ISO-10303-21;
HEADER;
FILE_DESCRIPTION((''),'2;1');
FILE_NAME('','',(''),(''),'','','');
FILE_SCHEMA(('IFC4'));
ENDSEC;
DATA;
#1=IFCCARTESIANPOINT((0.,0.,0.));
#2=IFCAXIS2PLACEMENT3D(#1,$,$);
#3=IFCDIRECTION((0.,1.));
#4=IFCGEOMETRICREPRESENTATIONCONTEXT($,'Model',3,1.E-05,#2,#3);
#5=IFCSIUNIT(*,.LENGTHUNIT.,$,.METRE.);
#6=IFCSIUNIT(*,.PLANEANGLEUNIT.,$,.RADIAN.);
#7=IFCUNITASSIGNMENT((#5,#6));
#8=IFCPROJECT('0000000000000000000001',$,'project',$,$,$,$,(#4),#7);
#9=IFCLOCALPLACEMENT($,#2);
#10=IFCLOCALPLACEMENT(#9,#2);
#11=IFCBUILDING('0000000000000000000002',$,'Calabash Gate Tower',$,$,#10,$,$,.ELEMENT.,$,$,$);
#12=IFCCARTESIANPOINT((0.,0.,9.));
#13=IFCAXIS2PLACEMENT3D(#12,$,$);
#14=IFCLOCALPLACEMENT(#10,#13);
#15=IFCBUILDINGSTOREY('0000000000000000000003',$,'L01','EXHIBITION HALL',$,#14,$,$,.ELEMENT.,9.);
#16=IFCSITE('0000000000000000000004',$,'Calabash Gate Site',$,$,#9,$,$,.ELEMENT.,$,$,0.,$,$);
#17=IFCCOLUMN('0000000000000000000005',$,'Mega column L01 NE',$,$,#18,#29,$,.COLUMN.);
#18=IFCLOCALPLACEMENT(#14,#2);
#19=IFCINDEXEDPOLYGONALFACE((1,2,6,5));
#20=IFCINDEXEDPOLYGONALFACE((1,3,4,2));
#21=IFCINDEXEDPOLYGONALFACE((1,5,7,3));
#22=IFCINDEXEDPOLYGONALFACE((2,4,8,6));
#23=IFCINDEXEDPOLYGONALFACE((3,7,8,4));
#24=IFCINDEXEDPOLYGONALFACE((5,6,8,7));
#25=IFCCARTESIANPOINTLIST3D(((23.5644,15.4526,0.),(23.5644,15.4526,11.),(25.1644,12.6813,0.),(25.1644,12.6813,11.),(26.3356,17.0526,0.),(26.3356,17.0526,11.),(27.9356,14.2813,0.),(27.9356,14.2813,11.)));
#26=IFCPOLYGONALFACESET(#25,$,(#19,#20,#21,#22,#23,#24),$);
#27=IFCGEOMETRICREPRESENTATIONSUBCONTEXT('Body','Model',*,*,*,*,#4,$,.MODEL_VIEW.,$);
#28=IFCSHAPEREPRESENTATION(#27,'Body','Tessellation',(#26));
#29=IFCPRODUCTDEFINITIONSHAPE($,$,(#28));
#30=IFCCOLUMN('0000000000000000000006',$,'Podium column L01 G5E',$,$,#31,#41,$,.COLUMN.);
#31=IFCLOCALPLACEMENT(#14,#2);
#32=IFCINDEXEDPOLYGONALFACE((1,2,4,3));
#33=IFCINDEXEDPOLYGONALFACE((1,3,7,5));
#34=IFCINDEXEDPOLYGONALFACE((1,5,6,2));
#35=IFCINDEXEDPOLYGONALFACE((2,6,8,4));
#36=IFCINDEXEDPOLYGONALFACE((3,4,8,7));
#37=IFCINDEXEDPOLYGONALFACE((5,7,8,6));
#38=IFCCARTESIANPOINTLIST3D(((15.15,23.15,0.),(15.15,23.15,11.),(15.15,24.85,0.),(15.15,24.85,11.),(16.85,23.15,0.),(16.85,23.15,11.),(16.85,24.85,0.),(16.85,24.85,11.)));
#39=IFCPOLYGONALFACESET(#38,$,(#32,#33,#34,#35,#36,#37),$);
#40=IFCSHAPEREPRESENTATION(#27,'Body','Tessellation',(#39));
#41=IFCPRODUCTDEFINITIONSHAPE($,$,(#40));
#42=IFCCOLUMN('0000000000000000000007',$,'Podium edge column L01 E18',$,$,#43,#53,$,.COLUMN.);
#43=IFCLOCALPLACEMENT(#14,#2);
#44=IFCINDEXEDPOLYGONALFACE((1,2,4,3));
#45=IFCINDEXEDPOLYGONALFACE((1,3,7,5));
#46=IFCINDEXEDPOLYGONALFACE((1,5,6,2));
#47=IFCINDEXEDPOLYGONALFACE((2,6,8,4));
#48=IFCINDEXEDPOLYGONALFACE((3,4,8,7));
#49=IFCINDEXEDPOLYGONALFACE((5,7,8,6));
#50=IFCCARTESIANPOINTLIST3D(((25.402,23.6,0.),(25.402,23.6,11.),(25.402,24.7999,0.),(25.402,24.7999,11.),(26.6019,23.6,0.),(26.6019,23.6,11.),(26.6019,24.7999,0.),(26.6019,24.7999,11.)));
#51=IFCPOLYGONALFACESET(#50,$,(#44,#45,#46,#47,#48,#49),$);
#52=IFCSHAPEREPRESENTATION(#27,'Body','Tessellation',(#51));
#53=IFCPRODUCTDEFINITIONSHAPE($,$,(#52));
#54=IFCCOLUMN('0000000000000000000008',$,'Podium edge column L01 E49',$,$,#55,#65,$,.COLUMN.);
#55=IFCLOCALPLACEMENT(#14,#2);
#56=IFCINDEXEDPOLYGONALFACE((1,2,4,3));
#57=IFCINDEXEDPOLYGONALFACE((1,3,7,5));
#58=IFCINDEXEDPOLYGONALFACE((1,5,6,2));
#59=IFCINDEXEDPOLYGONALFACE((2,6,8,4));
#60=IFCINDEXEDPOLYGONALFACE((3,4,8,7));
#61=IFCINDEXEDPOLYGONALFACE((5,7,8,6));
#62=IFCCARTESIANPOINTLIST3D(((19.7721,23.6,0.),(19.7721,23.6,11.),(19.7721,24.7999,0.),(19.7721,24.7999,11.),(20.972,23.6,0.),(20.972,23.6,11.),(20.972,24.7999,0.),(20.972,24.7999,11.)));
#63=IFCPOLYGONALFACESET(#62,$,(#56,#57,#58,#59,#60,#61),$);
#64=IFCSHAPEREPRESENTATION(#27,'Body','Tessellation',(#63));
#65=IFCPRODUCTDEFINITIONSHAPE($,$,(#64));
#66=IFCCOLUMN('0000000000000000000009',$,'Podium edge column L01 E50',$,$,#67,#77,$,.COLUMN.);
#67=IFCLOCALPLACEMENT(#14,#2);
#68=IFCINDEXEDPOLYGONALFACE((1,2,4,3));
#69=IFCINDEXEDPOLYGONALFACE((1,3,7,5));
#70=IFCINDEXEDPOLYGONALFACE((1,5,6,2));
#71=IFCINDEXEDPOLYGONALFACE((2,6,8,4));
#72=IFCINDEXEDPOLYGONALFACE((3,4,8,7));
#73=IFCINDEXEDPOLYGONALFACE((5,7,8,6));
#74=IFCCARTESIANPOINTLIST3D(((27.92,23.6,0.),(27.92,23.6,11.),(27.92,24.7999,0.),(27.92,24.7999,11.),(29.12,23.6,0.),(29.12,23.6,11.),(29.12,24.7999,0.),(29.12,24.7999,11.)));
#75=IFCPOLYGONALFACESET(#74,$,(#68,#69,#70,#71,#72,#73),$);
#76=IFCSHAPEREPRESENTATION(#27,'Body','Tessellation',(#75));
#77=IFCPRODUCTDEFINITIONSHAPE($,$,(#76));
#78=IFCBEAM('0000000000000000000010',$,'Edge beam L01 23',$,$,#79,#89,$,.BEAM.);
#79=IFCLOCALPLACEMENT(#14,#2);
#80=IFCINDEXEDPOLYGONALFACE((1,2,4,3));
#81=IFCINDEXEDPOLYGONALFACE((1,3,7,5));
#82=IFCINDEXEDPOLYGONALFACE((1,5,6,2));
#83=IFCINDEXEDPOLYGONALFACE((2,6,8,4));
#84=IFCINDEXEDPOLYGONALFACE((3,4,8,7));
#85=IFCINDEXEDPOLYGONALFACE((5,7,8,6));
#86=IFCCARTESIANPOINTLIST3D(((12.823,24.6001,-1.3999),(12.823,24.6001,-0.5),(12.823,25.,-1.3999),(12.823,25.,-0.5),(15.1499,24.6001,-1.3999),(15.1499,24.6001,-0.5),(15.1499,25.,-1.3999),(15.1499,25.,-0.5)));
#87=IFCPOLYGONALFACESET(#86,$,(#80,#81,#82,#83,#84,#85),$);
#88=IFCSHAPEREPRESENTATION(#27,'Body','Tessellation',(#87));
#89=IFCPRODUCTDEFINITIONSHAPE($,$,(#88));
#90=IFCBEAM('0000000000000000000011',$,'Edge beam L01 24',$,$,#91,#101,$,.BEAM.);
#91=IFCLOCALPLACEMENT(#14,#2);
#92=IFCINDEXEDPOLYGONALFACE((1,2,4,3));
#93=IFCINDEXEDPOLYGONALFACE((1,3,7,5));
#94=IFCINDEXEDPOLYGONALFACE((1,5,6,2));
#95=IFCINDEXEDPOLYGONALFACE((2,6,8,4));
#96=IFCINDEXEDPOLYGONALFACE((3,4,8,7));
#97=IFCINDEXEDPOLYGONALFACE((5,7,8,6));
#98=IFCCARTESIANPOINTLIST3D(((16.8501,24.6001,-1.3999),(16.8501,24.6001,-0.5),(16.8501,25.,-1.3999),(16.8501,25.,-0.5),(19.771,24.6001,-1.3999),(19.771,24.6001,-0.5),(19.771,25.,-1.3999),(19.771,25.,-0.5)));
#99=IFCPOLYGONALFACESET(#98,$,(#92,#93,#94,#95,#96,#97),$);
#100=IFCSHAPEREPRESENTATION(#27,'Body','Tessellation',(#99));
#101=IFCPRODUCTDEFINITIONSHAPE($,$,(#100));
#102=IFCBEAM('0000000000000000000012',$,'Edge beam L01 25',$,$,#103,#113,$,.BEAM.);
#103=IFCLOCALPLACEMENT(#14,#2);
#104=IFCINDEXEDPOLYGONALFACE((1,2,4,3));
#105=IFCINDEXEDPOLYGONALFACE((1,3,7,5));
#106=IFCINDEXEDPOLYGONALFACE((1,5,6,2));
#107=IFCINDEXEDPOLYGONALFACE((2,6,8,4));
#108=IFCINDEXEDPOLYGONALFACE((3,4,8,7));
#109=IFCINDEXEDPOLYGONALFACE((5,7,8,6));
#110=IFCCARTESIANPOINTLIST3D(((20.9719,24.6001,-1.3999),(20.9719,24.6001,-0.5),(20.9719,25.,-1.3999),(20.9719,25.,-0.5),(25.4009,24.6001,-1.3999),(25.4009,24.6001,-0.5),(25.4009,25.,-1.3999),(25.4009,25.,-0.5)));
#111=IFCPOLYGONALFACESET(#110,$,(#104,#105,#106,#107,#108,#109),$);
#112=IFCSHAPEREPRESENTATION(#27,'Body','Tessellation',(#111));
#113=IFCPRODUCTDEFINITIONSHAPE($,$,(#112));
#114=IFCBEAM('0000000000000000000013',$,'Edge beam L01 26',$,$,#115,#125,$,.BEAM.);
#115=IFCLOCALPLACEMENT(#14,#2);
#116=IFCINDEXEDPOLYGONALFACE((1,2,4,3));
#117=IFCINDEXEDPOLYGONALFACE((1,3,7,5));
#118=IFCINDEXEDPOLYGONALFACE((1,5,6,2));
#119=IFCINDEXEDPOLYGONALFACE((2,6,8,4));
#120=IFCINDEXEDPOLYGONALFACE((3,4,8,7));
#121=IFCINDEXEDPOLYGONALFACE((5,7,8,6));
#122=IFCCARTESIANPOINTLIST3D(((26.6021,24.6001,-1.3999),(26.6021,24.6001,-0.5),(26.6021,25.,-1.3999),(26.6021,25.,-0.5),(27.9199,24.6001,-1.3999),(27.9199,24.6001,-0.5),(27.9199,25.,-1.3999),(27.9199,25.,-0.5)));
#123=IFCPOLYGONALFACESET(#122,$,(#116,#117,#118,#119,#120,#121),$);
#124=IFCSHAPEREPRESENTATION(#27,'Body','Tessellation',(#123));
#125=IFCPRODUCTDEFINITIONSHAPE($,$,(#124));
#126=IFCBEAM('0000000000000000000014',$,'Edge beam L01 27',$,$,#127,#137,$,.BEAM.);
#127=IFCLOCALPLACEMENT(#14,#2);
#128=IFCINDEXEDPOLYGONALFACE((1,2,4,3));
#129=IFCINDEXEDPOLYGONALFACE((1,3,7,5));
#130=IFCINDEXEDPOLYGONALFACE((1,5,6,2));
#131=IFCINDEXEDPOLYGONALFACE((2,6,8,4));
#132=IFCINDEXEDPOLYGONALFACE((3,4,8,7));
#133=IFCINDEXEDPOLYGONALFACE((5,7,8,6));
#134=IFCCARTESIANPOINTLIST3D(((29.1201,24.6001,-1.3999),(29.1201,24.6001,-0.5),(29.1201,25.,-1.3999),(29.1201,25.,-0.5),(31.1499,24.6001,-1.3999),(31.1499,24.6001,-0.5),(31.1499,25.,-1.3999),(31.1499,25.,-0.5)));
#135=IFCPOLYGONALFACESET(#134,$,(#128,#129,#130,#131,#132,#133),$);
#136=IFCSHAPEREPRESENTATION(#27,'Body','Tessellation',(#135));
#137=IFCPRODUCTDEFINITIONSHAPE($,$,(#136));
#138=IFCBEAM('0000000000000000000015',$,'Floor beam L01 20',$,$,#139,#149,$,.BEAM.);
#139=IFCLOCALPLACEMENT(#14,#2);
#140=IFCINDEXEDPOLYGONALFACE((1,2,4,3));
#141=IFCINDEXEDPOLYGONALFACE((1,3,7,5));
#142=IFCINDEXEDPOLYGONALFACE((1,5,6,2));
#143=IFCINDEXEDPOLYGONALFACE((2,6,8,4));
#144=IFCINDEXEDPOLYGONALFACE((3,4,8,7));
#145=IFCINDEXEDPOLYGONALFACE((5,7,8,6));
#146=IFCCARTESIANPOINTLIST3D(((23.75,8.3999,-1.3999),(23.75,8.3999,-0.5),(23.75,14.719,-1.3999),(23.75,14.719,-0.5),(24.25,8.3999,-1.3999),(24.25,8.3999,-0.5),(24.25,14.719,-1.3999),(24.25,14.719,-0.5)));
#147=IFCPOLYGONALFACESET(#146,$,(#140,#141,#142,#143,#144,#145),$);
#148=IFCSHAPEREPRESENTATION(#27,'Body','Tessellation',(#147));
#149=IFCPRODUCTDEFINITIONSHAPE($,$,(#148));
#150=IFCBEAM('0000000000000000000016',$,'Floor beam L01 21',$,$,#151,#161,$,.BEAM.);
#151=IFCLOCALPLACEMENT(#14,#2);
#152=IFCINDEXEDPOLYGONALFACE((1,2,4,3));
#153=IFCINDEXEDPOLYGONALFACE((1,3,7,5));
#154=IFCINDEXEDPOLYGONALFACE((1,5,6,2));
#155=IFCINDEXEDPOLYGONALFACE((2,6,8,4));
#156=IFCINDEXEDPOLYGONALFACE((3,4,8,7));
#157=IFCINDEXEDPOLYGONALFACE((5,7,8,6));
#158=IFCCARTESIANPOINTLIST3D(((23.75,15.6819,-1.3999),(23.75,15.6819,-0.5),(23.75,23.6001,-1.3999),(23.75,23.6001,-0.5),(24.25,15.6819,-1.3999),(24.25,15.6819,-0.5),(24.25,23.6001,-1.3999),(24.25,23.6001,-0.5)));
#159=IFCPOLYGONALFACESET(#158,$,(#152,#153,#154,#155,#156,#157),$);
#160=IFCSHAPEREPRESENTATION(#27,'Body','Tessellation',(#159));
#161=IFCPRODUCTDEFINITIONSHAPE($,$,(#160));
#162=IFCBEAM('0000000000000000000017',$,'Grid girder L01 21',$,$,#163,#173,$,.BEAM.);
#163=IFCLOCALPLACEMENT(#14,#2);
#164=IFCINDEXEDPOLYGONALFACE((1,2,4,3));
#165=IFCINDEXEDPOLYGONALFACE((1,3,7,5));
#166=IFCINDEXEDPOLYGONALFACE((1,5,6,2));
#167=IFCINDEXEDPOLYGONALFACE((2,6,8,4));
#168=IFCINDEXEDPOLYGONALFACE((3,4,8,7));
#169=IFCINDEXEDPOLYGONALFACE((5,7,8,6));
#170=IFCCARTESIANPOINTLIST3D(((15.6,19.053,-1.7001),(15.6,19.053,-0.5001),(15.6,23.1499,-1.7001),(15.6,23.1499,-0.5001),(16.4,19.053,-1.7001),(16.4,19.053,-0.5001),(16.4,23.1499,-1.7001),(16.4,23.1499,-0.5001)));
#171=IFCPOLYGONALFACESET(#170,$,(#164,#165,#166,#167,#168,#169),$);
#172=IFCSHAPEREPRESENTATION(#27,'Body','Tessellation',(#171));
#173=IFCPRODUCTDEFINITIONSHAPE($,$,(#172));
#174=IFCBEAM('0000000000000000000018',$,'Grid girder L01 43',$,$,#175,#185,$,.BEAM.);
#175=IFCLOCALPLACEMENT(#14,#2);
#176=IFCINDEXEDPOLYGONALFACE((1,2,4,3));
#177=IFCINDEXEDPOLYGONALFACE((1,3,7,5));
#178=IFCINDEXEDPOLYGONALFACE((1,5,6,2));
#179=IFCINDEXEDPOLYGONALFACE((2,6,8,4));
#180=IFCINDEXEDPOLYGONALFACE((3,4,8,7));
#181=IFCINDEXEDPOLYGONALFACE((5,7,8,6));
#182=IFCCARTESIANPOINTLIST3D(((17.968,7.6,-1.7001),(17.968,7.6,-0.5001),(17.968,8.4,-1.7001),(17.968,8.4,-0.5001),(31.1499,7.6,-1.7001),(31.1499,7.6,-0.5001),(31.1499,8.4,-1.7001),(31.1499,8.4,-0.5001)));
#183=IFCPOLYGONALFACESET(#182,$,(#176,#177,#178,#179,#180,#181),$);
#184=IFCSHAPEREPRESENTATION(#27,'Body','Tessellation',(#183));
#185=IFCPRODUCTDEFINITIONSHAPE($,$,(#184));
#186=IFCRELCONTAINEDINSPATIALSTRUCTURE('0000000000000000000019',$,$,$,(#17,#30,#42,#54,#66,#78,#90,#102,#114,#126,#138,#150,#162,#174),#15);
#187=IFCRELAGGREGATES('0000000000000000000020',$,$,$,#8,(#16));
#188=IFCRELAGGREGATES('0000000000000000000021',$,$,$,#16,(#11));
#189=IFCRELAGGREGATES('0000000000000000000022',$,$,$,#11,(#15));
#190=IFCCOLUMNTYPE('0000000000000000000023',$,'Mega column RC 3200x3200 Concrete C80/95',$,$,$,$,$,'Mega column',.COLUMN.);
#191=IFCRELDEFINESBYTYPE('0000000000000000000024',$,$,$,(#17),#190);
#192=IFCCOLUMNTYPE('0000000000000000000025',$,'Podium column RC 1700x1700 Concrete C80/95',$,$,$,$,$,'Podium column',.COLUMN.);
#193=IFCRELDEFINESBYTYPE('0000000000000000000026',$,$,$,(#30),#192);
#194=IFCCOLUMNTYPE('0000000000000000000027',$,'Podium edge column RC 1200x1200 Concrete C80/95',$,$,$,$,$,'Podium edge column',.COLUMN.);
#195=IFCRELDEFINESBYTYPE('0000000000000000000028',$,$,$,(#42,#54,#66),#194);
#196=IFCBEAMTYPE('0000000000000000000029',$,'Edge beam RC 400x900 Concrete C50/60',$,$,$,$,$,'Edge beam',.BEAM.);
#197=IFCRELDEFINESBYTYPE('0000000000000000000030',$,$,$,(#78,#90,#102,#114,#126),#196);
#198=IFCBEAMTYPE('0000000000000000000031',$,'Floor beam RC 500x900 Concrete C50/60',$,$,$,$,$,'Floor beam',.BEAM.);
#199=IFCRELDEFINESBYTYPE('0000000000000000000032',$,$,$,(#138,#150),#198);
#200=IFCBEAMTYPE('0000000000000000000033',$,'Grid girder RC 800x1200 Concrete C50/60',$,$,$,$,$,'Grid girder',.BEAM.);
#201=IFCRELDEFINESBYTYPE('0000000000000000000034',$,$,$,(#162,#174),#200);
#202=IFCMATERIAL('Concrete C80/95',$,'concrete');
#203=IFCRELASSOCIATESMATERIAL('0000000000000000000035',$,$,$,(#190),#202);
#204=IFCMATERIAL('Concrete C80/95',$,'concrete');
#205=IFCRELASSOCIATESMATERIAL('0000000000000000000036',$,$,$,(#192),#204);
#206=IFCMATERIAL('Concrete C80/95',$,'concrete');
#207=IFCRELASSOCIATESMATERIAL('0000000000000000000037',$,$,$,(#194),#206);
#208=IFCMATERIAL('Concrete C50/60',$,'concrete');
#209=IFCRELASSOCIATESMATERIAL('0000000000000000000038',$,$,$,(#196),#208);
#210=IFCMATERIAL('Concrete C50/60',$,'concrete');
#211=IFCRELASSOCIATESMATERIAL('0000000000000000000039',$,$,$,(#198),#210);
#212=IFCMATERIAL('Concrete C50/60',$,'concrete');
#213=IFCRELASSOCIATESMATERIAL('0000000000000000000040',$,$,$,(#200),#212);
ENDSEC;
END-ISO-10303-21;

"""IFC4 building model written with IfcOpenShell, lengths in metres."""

from ifc_helpers import new_model, si_unit, direction, frame, origin, origin_2d, place, context, subcontext, project, spatial, rectangle, extrude, material, material_profile, profile_set, type_object, element, save


model = new_model("IFC4")

# Units and contexts
model_context = context("Model", 3, precision=1e-05, world=origin(), true_north=direction((0.0, 1.0)))
body_context = subcontext(model_context, "Body", "Model", "MODEL_VIEW")
ifc_project = project(units=[si_unit("LENGTHUNIT", "METRE"), si_unit("PLANEANGLEUNIT", "RADIAN")], contexts=[model_context])

# Site, building, storey
site_placement = place(None, origin())
site = spatial("IfcSite", under=ifc_project, at=site_placement, Name="Calabash Gate Site", CompositionType="ELEMENT", RefElevation=0.0)
building_placement = place(site_placement, origin())
building = spatial("IfcBuilding", under=site, at=building_placement, Name="Calabash Gate Tower", CompositionType="ELEMENT")
storey_placement = place(building_placement, frame((0.0, 0.0, 9.0)))
storey = spatial("IfcBuildingStorey", under=building, at=storey_placement, Name="L01", Description="EXHIBITION HALL", CompositionType="ELEMENT", Elevation=9.0)

# Columns
ifc_material_1 = material(Name="Concrete C80/95", Category="concrete")
ifc_material_profile_1 = material_profile(ifc_material_1, rectangle(XDim=3.2, YDim=3.2, at=origin_2d()))
ifc_profile_set_1 = profile_set([ifc_material_profile_1], Name="Concrete C80/95")
column_type_1 = type_object("IfcColumnType", Name="Mega column RC 3200x3200 Concrete C80/95", ElementType="Mega column", PredefinedType="COLUMN", material=ifc_profile_set_1)
column_1_placement = place(storey_placement, frame((25.75, 14.8669, 0.0), z_axis=(0.0, 0.0, 1.0), x_axis=(-0.866025, -0.5, 0.0)))
element("IfcColumn", 1, at=column_1_placement, inside=storey, type_object=column_type_1, Name="Mega column L01 NE", PredefinedType="COLUMN", context=body_context, shape_type="SweptSolid", body=[
    extrude(rectangle(XDim=3.2, YDim=3.2, at=origin_2d()), origin(), (0.0, 0.0, 1.0), 11.0),
])
ifc_material_2 = material(Name="Concrete C80/95", Category="concrete")
ifc_material_profile_2 = material_profile(ifc_material_2, rectangle(XDim=1.7, YDim=1.7, at=origin_2d()))
ifc_profile_set_2 = profile_set([ifc_material_profile_2], Name="Concrete C80/95")
column_type_2 = type_object("IfcColumnType", Name="Podium column RC 1700x1700 Concrete C80/95", ElementType="Podium column", PredefinedType="COLUMN", material=ifc_profile_set_2)
column_2_placement = place(storey_placement, frame((16.0, 24.0, 0.0), z_axis=(0.0, 0.0, 1.0), x_axis=(1.0, 0.0, 0.0)))
element("IfcColumn", 2, at=column_2_placement, inside=storey, type_object=column_type_2, Name="Podium column L01 G5E", PredefinedType="COLUMN", context=body_context, shape_type="SweptSolid", body=[
    extrude(rectangle(XDim=1.7, YDim=1.7, at=origin_2d()), origin(), (0.0, 0.0, 1.0), 11.0),
])
ifc_material_3 = material(Name="Concrete C80/95", Category="concrete")
ifc_material_profile_3 = material_profile(ifc_material_3, rectangle(XDim=1.2, YDim=1.2, at=origin_2d()))
ifc_profile_set_3 = profile_set([ifc_material_profile_3], Name="Concrete C80/95")
column_type_3 = type_object("IfcColumnType", Name="Podium edge column RC 1200x1200 Concrete C80/95", ElementType="Podium edge column", PredefinedType="COLUMN", material=ifc_profile_set_3)
for number, where, z_axis, x_axis, name in (
    (3, (26.002, 24.2, 0.0), (0.0, 0.0, 1.0), (1.0, 0.0, 0.0), "Podium edge column L01 E18"),
    (4, (20.3721, 24.2, 0.0), (0.0, 0.0, 1.0), (1.0, 0.0, 0.0), "Podium edge column L01 E49"),
    (5, (28.52, 24.2, 0.0), (0.0, 0.0, 1.0), (1.0, 0.0, 0.0), "Podium edge column L01 E50"),
):
    element("IfcColumn", number, at=place(storey_placement, frame(where, z_axis=z_axis, x_axis=x_axis)), inside=storey, type_object=column_type_3, Name=name, PredefinedType="COLUMN", context=body_context, shape_type="SweptSolid", body=[
        extrude(rectangle(XDim=1.2, YDim=1.2, at=origin_2d()), origin(), (0.0, 0.0, 1.0), 11.0),
    ])

# Beams
ifc_material_4 = material(Name="Concrete C50/60", Category="concrete")
ifc_material_profile_4 = material_profile(ifc_material_4, rectangle(XDim=0.3999, YDim=0.8999, at=origin_2d()))
ifc_profile_set_4 = profile_set([ifc_material_profile_4], Name="Concrete C50/60")
beam_type_1 = type_object("IfcBeamType", Name="Edge beam RC 400x900 Concrete C50/60", ElementType="Edge beam", PredefinedType="BEAM", material=ifc_profile_set_4)
beam_1_placement = place(storey_placement, frame((12.823, 24.8, -0.95), z_axis=(1.0, 0.0, 0.0), x_axis=(0.0, 1.0, 0.0)))
element("IfcBeam", 6, at=beam_1_placement, inside=storey, type_object=beam_type_1, Name="Edge beam L01 23", PredefinedType="BEAM", context=body_context, shape_type="SweptSolid", body=[
    extrude(rectangle(XDim=0.3999, YDim=0.8999, at=origin_2d()), origin(), (0.0, 0.0, 1.0), 2.3269),
])
beam_2_placement = place(storey_placement, frame((16.8501, 24.8, -0.95), z_axis=(1.0, 0.0, 0.0), x_axis=(0.0, 1.0, 0.0)))
element("IfcBeam", 7, at=beam_2_placement, inside=storey, type_object=beam_type_1, Name="Edge beam L01 24", PredefinedType="BEAM", context=body_context, shape_type="SweptSolid", body=[
    extrude(rectangle(XDim=0.3999, YDim=0.8999, at=origin_2d()), origin(), (0.0, 0.0, 1.0), 2.9209),
])
beam_3_placement = place(storey_placement, frame((20.9719, 24.8, -0.95), z_axis=(1.0, 0.0, 0.0), x_axis=(0.0, 1.0, 0.0)))
element("IfcBeam", 8, at=beam_3_placement, inside=storey, type_object=beam_type_1, Name="Edge beam L01 25", PredefinedType="BEAM", context=body_context, shape_type="SweptSolid", body=[
    extrude(rectangle(XDim=0.3999, YDim=0.8999, at=origin_2d()), origin(), (0.0, 0.0, 1.0), 4.429),
])
beam_4_placement = place(storey_placement, frame((26.6021, 24.8, -0.95), z_axis=(1.0, 0.0, 0.0), x_axis=(0.0, 1.0, 0.0)))
element("IfcBeam", 9, at=beam_4_placement, inside=storey, type_object=beam_type_1, Name="Edge beam L01 26", PredefinedType="BEAM", context=body_context, shape_type="SweptSolid", body=[
    extrude(rectangle(XDim=0.3999, YDim=0.8999, at=origin_2d()), origin(), (0.0, 0.0, 1.0), 1.3179),
])
beam_5_placement = place(storey_placement, frame((29.1201, 24.8, -0.95), z_axis=(1.0, 0.0, 0.0), x_axis=(0.0, 1.0, 0.0)))
element("IfcBeam", 10, at=beam_5_placement, inside=storey, type_object=beam_type_1, Name="Edge beam L01 27", PredefinedType="BEAM", context=body_context, shape_type="SweptSolid", body=[
    extrude(rectangle(XDim=0.3999, YDim=0.8999, at=origin_2d()), origin(), (0.0, 0.0, 1.0), 2.0298),
])
ifc_material_5 = material(Name="Concrete C50/60", Category="concrete")
ifc_material_profile_5 = material_profile(ifc_material_5, rectangle(XDim=0.5, YDim=0.8999, at=origin_2d()))
ifc_profile_set_5 = profile_set([ifc_material_profile_5], Name="Concrete C50/60")
beam_type_2 = type_object("IfcBeamType", Name="Floor beam RC 500x900 Concrete C50/60", ElementType="Floor beam", PredefinedType="BEAM", material=ifc_profile_set_5)
beam_6_placement = place(storey_placement, frame((24.0, 8.3999, -0.95), z_axis=(0.0, 1.0, 0.0), x_axis=(-1.0, 0.0, 0.0)))
element("IfcBeam", 11, at=beam_6_placement, inside=storey, type_object=beam_type_2, Name="Floor beam L01 20", PredefinedType="BEAM", context=body_context, shape_type="SweptSolid", body=[
    extrude(rectangle(XDim=0.5, YDim=0.8999, at=origin_2d()), origin(), (0.0, 0.0, 1.0), 6.3191),
])
beam_7_placement = place(storey_placement, frame((24.0, 15.6819, -0.95), z_axis=(0.0, 1.0, 0.0), x_axis=(-1.0, 0.0, 0.0)))
element("IfcBeam", 12, at=beam_7_placement, inside=storey, type_object=beam_type_2, Name="Floor beam L01 21", PredefinedType="BEAM", context=body_context, shape_type="SweptSolid", body=[
    extrude(rectangle(XDim=0.5, YDim=0.8999, at=origin_2d()), origin(), (0.0, 0.0, 1.0), 7.9182),
])
ifc_material_6 = material(Name="Concrete C50/60", Category="concrete")
ifc_material_profile_6 = material_profile(ifc_material_6, rectangle(XDim=0.8, YDim=1.2, at=origin_2d()))
ifc_profile_set_6 = profile_set([ifc_material_profile_6], Name="Concrete C50/60")
beam_type_3 = type_object("IfcBeamType", Name="Grid girder RC 800x1200 Concrete C50/60", ElementType="Grid girder", PredefinedType="BEAM", material=ifc_profile_set_6)
beam_8_placement = place(storey_placement, frame((16.0, 19.053, -1.1001), z_axis=(0.0, 1.0, 0.0), x_axis=(-1.0, 0.0, 0.0)))
element("IfcBeam", 13, at=beam_8_placement, inside=storey, type_object=beam_type_3, Name="Grid girder L01 21", PredefinedType="BEAM", context=body_context, shape_type="SweptSolid", body=[
    extrude(rectangle(XDim=0.8, YDim=1.2, at=origin_2d()), origin(), (0.0, 0.0, 1.0), 4.0969),
])
beam_9_placement = place(storey_placement, frame((17.968, 8.0, -1.1001), z_axis=(1.0, 0.0, 0.0), x_axis=(0.0, 1.0, 0.0)))
element("IfcBeam", 14, at=beam_9_placement, inside=storey, type_object=beam_type_3, Name="Grid girder L01 43", PredefinedType="BEAM", context=body_context, shape_type="SweptSolid", body=[
    extrude(rectangle(XDim=0.8, YDim=1.2, at=origin_2d()), origin(), (0.0, 0.0, 1.0), 13.1819),
])

save(model, "model.ifc")
